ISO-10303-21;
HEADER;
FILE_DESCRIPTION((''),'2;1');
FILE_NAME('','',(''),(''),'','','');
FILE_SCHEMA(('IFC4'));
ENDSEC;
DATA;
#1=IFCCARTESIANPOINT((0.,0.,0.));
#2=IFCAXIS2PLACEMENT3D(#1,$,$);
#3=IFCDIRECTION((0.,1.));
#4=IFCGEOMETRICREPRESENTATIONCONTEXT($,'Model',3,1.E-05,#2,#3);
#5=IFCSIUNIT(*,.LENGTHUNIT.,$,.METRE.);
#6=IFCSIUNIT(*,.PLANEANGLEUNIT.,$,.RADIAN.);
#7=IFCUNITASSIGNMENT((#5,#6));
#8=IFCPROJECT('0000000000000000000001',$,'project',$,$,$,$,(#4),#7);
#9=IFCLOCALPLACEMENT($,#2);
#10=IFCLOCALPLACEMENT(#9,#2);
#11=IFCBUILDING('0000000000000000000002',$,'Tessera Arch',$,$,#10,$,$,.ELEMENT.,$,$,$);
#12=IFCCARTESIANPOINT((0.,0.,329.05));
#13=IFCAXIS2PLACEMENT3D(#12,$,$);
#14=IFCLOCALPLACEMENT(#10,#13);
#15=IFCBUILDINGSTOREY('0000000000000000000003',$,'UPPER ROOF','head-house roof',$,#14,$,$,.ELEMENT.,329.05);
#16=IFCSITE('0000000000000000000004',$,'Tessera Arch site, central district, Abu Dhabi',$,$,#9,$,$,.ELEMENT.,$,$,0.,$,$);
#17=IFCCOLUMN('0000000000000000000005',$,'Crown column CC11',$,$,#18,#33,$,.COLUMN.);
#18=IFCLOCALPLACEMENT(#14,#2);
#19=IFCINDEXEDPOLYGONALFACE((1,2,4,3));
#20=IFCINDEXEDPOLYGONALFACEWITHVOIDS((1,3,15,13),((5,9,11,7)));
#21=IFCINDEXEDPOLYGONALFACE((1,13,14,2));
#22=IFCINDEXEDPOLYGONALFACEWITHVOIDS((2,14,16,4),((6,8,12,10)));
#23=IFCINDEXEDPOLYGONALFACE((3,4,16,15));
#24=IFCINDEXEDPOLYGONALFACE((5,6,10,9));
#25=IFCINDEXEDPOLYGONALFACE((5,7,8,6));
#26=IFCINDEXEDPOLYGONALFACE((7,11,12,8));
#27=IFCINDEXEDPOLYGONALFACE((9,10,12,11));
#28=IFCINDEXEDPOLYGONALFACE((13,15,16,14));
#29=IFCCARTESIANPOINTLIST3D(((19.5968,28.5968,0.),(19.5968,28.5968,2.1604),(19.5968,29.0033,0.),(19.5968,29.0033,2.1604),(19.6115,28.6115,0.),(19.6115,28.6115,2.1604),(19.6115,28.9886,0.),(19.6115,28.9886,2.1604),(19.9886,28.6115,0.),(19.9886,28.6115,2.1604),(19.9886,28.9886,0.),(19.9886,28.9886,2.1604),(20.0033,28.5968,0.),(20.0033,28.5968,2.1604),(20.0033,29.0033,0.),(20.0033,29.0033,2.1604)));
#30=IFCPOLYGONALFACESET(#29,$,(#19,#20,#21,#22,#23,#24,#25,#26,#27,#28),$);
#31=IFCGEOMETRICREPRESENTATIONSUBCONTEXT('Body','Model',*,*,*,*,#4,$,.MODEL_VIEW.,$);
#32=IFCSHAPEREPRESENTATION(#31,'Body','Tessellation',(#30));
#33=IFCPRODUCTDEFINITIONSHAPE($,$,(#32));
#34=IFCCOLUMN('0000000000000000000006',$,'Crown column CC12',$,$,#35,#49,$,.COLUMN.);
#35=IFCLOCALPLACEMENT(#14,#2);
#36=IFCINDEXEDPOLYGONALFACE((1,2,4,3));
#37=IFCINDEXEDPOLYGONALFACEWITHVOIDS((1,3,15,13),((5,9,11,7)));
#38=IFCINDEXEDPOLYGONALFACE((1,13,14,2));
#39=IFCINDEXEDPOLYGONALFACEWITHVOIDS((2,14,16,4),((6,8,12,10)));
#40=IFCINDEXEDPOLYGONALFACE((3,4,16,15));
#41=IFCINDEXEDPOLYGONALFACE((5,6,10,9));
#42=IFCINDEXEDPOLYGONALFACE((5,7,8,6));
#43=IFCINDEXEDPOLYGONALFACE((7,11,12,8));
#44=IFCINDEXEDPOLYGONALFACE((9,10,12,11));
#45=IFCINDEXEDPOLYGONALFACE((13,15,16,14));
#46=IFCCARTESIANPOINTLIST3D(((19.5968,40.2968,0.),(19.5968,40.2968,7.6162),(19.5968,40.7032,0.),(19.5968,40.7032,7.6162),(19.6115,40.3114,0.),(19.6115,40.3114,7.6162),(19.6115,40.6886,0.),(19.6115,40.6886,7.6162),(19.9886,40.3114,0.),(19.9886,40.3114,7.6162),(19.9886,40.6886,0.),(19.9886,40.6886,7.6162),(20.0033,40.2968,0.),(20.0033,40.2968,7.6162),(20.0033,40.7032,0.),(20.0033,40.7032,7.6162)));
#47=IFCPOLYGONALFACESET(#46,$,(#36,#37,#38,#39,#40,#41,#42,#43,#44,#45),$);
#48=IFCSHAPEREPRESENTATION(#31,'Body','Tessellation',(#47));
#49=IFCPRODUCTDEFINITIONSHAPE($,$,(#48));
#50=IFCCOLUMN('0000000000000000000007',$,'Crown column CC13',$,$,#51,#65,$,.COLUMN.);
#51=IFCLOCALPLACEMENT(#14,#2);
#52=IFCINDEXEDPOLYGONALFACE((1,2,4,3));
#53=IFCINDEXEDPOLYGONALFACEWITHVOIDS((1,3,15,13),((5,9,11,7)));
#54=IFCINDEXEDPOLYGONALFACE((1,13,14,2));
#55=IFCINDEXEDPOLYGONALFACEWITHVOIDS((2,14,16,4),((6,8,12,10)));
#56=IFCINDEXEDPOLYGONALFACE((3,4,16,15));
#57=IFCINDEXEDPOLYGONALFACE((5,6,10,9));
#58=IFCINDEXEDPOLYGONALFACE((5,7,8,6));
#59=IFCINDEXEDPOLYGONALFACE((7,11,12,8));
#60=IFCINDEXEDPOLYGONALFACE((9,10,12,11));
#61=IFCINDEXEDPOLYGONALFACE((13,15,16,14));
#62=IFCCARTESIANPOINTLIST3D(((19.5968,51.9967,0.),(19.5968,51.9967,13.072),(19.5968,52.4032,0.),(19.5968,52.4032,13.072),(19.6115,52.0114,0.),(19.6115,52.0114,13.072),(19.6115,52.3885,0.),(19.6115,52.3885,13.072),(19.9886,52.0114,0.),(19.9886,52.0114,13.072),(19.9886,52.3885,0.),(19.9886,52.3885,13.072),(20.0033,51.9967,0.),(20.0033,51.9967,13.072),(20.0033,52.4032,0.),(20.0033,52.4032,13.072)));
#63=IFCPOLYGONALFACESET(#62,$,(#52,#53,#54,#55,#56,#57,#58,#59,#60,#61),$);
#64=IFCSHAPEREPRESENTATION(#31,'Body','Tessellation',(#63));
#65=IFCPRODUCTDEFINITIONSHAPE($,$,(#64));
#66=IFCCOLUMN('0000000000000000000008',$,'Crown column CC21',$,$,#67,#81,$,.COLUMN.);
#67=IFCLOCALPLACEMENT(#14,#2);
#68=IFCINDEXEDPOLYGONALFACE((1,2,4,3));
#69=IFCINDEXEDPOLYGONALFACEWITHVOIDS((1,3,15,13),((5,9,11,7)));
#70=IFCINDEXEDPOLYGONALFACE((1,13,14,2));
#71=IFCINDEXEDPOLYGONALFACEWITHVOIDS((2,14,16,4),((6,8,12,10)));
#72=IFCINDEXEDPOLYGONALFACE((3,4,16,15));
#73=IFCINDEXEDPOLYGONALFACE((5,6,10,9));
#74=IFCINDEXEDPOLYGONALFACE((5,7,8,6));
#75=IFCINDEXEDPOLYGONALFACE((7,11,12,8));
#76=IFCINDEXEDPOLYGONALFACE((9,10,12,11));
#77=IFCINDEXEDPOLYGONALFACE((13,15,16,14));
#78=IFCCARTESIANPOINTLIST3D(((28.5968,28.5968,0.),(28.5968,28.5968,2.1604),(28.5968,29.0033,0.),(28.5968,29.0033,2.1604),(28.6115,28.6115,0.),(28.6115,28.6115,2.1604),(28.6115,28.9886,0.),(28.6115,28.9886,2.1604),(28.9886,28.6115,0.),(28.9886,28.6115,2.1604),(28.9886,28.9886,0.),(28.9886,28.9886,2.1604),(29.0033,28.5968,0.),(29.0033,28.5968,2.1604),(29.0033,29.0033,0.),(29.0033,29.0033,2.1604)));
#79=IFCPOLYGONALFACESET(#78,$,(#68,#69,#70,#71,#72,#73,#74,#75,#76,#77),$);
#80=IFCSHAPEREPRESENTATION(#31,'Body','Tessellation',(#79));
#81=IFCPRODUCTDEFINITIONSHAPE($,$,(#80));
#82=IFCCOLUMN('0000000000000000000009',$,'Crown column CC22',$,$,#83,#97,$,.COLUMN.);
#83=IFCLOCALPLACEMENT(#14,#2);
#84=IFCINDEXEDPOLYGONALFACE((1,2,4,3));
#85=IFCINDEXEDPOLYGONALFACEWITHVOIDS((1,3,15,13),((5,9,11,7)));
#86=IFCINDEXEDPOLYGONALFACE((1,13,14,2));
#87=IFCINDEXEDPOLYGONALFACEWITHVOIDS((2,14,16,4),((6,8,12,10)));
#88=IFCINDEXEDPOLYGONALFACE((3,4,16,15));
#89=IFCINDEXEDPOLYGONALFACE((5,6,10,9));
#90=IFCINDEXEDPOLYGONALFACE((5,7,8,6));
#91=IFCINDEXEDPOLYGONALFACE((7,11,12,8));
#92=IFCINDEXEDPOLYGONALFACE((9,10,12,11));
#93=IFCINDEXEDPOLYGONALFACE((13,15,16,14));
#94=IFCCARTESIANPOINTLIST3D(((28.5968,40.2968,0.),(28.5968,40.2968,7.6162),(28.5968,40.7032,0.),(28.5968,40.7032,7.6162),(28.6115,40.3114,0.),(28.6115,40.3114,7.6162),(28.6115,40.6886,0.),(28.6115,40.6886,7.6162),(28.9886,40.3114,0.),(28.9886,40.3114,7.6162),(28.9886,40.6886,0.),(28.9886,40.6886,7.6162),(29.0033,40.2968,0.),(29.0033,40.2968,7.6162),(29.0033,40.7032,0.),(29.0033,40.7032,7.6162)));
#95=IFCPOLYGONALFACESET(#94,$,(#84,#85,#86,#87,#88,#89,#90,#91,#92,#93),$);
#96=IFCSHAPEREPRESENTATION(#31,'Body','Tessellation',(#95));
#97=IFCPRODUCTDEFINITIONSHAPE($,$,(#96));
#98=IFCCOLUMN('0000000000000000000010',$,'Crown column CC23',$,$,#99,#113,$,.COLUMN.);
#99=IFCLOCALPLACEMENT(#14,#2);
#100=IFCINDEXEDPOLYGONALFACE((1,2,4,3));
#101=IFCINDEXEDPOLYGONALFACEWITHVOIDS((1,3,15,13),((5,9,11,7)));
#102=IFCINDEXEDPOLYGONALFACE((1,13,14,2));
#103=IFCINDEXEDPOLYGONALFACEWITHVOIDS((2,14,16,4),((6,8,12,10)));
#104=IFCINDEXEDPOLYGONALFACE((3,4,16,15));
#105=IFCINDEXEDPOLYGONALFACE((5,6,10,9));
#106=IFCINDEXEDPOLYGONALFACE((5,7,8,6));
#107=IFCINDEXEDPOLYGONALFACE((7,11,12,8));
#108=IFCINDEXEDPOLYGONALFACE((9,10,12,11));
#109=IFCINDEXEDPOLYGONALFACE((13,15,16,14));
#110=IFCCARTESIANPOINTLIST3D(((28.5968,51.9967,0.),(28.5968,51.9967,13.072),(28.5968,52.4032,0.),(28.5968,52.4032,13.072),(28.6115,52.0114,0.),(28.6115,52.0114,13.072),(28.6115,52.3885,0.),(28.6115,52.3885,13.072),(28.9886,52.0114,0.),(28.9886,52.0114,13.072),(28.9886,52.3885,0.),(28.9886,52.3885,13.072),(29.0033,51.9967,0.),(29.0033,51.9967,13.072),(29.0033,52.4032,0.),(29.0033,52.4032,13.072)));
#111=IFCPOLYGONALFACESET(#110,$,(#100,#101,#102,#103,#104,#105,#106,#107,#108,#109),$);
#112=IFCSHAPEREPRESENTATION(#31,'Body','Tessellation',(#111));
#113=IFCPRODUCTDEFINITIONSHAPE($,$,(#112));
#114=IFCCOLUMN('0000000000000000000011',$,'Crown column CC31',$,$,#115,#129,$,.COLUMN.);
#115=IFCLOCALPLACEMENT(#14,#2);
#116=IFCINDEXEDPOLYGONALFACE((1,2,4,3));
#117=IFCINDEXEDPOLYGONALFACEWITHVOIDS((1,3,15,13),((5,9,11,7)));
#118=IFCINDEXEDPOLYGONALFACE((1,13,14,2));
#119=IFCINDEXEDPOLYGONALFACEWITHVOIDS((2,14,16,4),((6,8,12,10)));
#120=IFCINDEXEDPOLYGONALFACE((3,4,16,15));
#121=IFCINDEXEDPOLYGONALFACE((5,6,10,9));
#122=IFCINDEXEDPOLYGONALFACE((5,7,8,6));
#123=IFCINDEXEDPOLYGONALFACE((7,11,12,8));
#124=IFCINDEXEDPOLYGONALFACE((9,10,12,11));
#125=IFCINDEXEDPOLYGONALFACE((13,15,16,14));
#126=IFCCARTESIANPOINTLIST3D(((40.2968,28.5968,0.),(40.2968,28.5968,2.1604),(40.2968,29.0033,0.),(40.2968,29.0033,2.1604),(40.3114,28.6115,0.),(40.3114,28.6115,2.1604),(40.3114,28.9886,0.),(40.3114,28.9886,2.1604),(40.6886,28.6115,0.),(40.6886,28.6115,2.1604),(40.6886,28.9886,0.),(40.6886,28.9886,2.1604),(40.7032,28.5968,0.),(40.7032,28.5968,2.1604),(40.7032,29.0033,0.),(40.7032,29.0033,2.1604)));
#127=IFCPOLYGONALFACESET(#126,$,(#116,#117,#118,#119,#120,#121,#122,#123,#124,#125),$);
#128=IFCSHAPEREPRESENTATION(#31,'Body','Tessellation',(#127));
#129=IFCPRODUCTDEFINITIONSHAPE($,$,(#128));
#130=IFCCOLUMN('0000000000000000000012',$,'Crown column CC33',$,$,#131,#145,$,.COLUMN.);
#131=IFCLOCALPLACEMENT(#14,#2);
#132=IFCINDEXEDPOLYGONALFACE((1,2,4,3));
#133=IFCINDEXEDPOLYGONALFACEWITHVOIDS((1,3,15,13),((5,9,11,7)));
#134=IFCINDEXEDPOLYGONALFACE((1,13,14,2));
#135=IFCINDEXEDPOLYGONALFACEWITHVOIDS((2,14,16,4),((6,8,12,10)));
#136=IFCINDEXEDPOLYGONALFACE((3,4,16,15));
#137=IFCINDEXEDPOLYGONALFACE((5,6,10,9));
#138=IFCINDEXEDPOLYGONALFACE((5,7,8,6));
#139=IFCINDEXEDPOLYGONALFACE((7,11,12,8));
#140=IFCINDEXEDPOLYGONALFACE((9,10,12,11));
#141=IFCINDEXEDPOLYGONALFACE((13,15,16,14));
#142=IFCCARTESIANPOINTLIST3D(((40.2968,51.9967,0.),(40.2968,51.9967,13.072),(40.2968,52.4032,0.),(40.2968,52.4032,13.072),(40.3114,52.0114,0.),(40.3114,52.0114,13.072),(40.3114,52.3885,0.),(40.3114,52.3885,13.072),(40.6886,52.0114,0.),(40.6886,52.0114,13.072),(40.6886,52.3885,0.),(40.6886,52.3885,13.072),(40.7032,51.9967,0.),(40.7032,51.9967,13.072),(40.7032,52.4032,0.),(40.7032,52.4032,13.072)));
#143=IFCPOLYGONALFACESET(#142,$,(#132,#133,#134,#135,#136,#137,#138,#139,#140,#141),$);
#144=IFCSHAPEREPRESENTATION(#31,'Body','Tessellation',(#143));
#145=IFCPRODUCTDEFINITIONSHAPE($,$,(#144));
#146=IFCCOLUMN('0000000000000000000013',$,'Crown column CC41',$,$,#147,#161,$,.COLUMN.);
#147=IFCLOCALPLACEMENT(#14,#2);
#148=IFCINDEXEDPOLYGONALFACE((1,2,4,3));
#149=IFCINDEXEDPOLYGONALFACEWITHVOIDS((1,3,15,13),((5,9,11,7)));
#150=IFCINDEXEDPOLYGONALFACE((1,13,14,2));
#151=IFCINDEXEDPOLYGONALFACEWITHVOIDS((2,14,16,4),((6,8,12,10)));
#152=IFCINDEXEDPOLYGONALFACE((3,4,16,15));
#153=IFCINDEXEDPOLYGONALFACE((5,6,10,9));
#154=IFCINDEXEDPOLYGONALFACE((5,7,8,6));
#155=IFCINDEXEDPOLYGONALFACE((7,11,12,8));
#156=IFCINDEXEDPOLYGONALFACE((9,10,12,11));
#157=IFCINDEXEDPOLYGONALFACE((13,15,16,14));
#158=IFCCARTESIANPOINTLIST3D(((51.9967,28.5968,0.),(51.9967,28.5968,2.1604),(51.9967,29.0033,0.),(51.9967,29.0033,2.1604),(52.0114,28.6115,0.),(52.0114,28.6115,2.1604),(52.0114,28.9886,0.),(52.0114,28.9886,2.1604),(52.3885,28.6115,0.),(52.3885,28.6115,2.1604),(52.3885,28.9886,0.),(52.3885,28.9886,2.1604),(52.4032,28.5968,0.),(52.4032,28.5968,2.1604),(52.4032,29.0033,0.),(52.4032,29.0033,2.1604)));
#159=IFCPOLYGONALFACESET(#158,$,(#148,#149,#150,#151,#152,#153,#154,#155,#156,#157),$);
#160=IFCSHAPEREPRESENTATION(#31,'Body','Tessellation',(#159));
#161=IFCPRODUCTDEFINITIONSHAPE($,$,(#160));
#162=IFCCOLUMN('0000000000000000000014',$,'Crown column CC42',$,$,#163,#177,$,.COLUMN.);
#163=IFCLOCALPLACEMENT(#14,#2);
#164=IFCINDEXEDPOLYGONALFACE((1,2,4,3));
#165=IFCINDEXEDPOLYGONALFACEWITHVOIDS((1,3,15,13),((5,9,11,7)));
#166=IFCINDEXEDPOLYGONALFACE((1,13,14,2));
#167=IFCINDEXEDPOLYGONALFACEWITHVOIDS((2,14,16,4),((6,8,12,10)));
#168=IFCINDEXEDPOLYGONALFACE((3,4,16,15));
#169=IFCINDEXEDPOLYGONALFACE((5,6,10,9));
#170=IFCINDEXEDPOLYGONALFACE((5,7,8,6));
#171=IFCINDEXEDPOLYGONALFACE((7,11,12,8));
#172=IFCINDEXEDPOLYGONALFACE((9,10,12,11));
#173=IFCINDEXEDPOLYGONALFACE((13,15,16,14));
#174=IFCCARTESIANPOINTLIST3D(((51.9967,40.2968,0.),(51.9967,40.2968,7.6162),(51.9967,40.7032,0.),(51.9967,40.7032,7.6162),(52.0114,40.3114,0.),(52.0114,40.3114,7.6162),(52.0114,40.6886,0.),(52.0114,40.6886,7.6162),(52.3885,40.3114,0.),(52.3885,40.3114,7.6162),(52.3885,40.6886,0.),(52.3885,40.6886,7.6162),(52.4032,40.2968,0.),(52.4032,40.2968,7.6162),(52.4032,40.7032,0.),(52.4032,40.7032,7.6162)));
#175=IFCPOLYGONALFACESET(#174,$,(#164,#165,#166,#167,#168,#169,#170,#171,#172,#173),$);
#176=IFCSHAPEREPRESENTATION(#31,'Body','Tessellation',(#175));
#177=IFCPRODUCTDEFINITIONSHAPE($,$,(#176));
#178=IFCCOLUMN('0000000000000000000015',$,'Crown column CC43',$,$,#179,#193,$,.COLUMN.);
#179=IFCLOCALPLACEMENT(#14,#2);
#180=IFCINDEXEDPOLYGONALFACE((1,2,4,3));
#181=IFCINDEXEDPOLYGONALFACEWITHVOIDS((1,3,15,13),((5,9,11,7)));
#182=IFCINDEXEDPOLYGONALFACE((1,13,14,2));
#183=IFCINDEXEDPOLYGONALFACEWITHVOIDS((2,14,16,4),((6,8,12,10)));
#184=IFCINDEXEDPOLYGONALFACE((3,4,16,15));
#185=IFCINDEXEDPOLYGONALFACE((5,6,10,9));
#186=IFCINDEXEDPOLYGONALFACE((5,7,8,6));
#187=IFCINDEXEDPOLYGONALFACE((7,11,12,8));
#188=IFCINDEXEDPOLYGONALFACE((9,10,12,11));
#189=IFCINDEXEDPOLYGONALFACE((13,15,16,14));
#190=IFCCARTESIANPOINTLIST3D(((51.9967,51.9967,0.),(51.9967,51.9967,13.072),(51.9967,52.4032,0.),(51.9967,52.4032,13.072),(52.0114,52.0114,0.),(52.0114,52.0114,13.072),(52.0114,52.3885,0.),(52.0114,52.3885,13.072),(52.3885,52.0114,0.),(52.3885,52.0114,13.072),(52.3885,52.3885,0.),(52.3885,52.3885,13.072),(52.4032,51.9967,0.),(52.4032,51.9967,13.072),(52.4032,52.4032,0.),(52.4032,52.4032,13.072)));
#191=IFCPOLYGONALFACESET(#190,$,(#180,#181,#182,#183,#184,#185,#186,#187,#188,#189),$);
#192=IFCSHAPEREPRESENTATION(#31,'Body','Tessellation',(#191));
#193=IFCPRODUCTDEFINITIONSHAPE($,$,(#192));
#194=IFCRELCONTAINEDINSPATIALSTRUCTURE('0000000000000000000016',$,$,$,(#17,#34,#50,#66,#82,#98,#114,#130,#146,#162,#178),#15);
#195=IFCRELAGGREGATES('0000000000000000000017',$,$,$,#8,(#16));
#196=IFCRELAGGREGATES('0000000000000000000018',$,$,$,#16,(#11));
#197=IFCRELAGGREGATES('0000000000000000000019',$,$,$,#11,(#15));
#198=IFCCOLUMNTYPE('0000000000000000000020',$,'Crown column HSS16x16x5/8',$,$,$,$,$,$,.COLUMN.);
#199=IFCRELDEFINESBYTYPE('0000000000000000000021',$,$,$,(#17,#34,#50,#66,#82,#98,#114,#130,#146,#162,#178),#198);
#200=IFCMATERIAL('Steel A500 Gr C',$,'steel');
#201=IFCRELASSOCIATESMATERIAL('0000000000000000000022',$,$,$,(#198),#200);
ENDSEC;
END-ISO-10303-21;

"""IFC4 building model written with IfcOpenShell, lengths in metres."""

from ifc_helpers import new_model, si_unit, direction, frame, origin, origin_2d, place, context, subcontext, project, spatial, hollow_rectangle, extrude, material, material_profile, profile_set, type_object, element, save


model = new_model("IFC4")

# Units and contexts
model_context = context("Model", 3, precision=1e-05, world=origin(), true_north=direction((0.0, 1.0)))
body_context = subcontext(model_context, "Body", "Model", "MODEL_VIEW")
ifc_project = project(units=[si_unit("LENGTHUNIT", "METRE"), si_unit("PLANEANGLEUNIT", "RADIAN")], contexts=[model_context])

# Site, building, storey
site_placement = place(None, origin())
site = spatial("IfcSite", under=ifc_project, at=site_placement, Name="Tessera Arch site, central district, Abu Dhabi", CompositionType="ELEMENT", RefElevation=0.0)
building_placement = place(site_placement, origin())
building = spatial("IfcBuilding", under=site, at=building_placement, Name="Tessera Arch", CompositionType="ELEMENT")
storey_placement = place(building_placement, frame((0.0, 0.0, 329.05)))
storey = spatial("IfcBuildingStorey", under=building, at=storey_placement, Name="UPPER ROOF", Description="head-house roof", CompositionType="ELEMENT", Elevation=329.05)

# Columns
ifc_material_1 = material(Name="Steel A500 Gr C", Category="steel")
ifc_material_profile = material_profile(ifc_material_1, hollow_rectangle(XDim=0.4065, YDim=0.4065, WallThickness=0.0146, at=origin_2d()), Name="HSS16x16x5/8")
ifc_profile_set = profile_set([ifc_material_profile], Name="Steel A500 Gr C")
column_type = type_object("IfcColumnType", Name="Crown column HSS16x16x5/8", PredefinedType="COLUMN", material=ifc_profile_set)
column_1_placement = place(storey_placement, frame((19.8, 28.8, 0.0), z_axis=(0.0, 0.0, 1.0), x_axis=(1.0, 0.0, 0.0)))
element("IfcColumn", 1, at=column_1_placement, inside=storey, type_object=column_type, Name="Crown column CC11", PredefinedType="COLUMN", context=body_context, shape_type="SweptSolid", body=[
    extrude(hollow_rectangle(XDim=0.4065, YDim=0.4065, WallThickness=0.0146, at=origin_2d()), origin(), (0.0, 0.0, 1.0), 2.1604),
])
column_2_placement = place(storey_placement, frame((19.8, 40.5, 0.0), z_axis=(0.0, 0.0, 1.0), x_axis=(1.0, 0.0, 0.0)))
element("IfcColumn", 2, at=column_2_placement, inside=storey, type_object=column_type, Name="Crown column CC12", PredefinedType="COLUMN", context=body_context, shape_type="SweptSolid", body=[
    extrude(hollow_rectangle(XDim=0.4065, YDim=0.4065, WallThickness=0.0146, at=origin_2d()), origin(), (0.0, 0.0, 1.0), 7.6162),
])
column_3_placement = place(storey_placement, frame((19.8, 52.2, 0.0), z_axis=(0.0, 0.0, 1.0), x_axis=(1.0, 0.0, 0.0)))
element("IfcColumn", 3, at=column_3_placement, inside=storey, type_object=column_type, Name="Crown column CC13", PredefinedType="COLUMN", context=body_context, shape_type="SweptSolid", body=[
    extrude(hollow_rectangle(XDim=0.4065, YDim=0.4065, WallThickness=0.0146, at=origin_2d()), origin(), (0.0, 0.0, 1.0), 13.072),
])
column_4_placement = place(storey_placement, frame((28.8, 28.8, 0.0), z_axis=(0.0, 0.0, 1.0), x_axis=(1.0, 0.0, 0.0)))
element("IfcColumn", 4, at=column_4_placement, inside=storey, type_object=column_type, Name="Crown column CC21", PredefinedType="COLUMN", context=body_context, shape_type="SweptSolid", body=[
    extrude(hollow_rectangle(XDim=0.4065, YDim=0.4065, WallThickness=0.0146, at=origin_2d()), origin(), (0.0, 0.0, 1.0), 2.1604),
])
column_5_placement = place(storey_placement, frame((28.8, 40.5, 0.0), z_axis=(0.0, 0.0, 1.0), x_axis=(1.0, 0.0, 0.0)))
element("IfcColumn", 5, at=column_5_placement, inside=storey, type_object=column_type, Name="Crown column CC22", PredefinedType="COLUMN", context=body_context, shape_type="SweptSolid", body=[
    extrude(hollow_rectangle(XDim=0.4065, YDim=0.4065, WallThickness=0.0146, at=origin_2d()), origin(), (0.0, 0.0, 1.0), 7.6162),
])
column_6_placement = place(storey_placement, frame((28.8, 52.2, 0.0), z_axis=(0.0, 0.0, 1.0), x_axis=(1.0, 0.0, 0.0)))
element("IfcColumn", 6, at=column_6_placement, inside=storey, type_object=column_type, Name="Crown column CC23", PredefinedType="COLUMN", context=body_context, shape_type="SweptSolid", body=[
    extrude(hollow_rectangle(XDim=0.4065, YDim=0.4065, WallThickness=0.0146, at=origin_2d()), origin(), (0.0, 0.0, 1.0), 13.072),
])
column_7_placement = place(storey_placement, frame((40.5, 28.8, 0.0), z_axis=(0.0, 0.0, 1.0), x_axis=(1.0, 0.0, 0.0)))
element("IfcColumn", 7, at=column_7_placement, inside=storey, type_object=column_type, Name="Crown column CC31", PredefinedType="COLUMN", context=body_context, shape_type="SweptSolid", body=[
    extrude(hollow_rectangle(XDim=0.4065, YDim=0.4065, WallThickness=0.0146, at=origin_2d()), origin(), (0.0, 0.0, 1.0), 2.1604),
])
column_8_placement = place(storey_placement, frame((40.5, 52.2, 0.0), z_axis=(0.0, 0.0, 1.0), x_axis=(1.0, 0.0, 0.0)))
element("IfcColumn", 8, at=column_8_placement, inside=storey, type_object=column_type, Name="Crown column CC33", PredefinedType="COLUMN", context=body_context, shape_type="SweptSolid", body=[
    extrude(hollow_rectangle(XDim=0.4065, YDim=0.4065, WallThickness=0.0146, at=origin_2d()), origin(), (0.0, 0.0, 1.0), 13.072),
])
column_9_placement = place(storey_placement, frame((52.2, 28.8, 0.0), z_axis=(0.0, 0.0, 1.0), x_axis=(1.0, 0.0, 0.0)))
element("IfcColumn", 9, at=column_9_placement, inside=storey, type_object=column_type, Name="Crown column CC41", PredefinedType="COLUMN", context=body_context, shape_type="SweptSolid", body=[
    extrude(hollow_rectangle(XDim=0.4065, YDim=0.4065, WallThickness=0.0146, at=origin_2d()), origin(), (0.0, 0.0, 1.0), 2.1604),
])
column_10_placement = place(storey_placement, frame((52.2, 40.5, 0.0), z_axis=(0.0, 0.0, 1.0), x_axis=(1.0, 0.0, 0.0)))
element("IfcColumn", 10, at=column_10_placement, inside=storey, type_object=column_type, Name="Crown column CC42", PredefinedType="COLUMN", context=body_context, shape_type="SweptSolid", body=[
    extrude(hollow_rectangle(XDim=0.4065, YDim=0.4065, WallThickness=0.0146, at=origin_2d()), origin(), (0.0, 0.0, 1.0), 7.6162),
])
column_11_placement = place(storey_placement, frame((52.2, 52.2, 0.0), z_axis=(0.0, 0.0, 1.0), x_axis=(1.0, 0.0, 0.0)))
element("IfcColumn", 11, at=column_11_placement, inside=storey, type_object=column_type, Name="Crown column CC43", PredefinedType="COLUMN", context=body_context, shape_type="SweptSolid", body=[
    extrude(hollow_rectangle(XDim=0.4065, YDim=0.4065, WallThickness=0.0146, at=origin_2d()), origin(), (0.0, 0.0, 1.0), 13.072),
])

save(model, "model.ifc")
